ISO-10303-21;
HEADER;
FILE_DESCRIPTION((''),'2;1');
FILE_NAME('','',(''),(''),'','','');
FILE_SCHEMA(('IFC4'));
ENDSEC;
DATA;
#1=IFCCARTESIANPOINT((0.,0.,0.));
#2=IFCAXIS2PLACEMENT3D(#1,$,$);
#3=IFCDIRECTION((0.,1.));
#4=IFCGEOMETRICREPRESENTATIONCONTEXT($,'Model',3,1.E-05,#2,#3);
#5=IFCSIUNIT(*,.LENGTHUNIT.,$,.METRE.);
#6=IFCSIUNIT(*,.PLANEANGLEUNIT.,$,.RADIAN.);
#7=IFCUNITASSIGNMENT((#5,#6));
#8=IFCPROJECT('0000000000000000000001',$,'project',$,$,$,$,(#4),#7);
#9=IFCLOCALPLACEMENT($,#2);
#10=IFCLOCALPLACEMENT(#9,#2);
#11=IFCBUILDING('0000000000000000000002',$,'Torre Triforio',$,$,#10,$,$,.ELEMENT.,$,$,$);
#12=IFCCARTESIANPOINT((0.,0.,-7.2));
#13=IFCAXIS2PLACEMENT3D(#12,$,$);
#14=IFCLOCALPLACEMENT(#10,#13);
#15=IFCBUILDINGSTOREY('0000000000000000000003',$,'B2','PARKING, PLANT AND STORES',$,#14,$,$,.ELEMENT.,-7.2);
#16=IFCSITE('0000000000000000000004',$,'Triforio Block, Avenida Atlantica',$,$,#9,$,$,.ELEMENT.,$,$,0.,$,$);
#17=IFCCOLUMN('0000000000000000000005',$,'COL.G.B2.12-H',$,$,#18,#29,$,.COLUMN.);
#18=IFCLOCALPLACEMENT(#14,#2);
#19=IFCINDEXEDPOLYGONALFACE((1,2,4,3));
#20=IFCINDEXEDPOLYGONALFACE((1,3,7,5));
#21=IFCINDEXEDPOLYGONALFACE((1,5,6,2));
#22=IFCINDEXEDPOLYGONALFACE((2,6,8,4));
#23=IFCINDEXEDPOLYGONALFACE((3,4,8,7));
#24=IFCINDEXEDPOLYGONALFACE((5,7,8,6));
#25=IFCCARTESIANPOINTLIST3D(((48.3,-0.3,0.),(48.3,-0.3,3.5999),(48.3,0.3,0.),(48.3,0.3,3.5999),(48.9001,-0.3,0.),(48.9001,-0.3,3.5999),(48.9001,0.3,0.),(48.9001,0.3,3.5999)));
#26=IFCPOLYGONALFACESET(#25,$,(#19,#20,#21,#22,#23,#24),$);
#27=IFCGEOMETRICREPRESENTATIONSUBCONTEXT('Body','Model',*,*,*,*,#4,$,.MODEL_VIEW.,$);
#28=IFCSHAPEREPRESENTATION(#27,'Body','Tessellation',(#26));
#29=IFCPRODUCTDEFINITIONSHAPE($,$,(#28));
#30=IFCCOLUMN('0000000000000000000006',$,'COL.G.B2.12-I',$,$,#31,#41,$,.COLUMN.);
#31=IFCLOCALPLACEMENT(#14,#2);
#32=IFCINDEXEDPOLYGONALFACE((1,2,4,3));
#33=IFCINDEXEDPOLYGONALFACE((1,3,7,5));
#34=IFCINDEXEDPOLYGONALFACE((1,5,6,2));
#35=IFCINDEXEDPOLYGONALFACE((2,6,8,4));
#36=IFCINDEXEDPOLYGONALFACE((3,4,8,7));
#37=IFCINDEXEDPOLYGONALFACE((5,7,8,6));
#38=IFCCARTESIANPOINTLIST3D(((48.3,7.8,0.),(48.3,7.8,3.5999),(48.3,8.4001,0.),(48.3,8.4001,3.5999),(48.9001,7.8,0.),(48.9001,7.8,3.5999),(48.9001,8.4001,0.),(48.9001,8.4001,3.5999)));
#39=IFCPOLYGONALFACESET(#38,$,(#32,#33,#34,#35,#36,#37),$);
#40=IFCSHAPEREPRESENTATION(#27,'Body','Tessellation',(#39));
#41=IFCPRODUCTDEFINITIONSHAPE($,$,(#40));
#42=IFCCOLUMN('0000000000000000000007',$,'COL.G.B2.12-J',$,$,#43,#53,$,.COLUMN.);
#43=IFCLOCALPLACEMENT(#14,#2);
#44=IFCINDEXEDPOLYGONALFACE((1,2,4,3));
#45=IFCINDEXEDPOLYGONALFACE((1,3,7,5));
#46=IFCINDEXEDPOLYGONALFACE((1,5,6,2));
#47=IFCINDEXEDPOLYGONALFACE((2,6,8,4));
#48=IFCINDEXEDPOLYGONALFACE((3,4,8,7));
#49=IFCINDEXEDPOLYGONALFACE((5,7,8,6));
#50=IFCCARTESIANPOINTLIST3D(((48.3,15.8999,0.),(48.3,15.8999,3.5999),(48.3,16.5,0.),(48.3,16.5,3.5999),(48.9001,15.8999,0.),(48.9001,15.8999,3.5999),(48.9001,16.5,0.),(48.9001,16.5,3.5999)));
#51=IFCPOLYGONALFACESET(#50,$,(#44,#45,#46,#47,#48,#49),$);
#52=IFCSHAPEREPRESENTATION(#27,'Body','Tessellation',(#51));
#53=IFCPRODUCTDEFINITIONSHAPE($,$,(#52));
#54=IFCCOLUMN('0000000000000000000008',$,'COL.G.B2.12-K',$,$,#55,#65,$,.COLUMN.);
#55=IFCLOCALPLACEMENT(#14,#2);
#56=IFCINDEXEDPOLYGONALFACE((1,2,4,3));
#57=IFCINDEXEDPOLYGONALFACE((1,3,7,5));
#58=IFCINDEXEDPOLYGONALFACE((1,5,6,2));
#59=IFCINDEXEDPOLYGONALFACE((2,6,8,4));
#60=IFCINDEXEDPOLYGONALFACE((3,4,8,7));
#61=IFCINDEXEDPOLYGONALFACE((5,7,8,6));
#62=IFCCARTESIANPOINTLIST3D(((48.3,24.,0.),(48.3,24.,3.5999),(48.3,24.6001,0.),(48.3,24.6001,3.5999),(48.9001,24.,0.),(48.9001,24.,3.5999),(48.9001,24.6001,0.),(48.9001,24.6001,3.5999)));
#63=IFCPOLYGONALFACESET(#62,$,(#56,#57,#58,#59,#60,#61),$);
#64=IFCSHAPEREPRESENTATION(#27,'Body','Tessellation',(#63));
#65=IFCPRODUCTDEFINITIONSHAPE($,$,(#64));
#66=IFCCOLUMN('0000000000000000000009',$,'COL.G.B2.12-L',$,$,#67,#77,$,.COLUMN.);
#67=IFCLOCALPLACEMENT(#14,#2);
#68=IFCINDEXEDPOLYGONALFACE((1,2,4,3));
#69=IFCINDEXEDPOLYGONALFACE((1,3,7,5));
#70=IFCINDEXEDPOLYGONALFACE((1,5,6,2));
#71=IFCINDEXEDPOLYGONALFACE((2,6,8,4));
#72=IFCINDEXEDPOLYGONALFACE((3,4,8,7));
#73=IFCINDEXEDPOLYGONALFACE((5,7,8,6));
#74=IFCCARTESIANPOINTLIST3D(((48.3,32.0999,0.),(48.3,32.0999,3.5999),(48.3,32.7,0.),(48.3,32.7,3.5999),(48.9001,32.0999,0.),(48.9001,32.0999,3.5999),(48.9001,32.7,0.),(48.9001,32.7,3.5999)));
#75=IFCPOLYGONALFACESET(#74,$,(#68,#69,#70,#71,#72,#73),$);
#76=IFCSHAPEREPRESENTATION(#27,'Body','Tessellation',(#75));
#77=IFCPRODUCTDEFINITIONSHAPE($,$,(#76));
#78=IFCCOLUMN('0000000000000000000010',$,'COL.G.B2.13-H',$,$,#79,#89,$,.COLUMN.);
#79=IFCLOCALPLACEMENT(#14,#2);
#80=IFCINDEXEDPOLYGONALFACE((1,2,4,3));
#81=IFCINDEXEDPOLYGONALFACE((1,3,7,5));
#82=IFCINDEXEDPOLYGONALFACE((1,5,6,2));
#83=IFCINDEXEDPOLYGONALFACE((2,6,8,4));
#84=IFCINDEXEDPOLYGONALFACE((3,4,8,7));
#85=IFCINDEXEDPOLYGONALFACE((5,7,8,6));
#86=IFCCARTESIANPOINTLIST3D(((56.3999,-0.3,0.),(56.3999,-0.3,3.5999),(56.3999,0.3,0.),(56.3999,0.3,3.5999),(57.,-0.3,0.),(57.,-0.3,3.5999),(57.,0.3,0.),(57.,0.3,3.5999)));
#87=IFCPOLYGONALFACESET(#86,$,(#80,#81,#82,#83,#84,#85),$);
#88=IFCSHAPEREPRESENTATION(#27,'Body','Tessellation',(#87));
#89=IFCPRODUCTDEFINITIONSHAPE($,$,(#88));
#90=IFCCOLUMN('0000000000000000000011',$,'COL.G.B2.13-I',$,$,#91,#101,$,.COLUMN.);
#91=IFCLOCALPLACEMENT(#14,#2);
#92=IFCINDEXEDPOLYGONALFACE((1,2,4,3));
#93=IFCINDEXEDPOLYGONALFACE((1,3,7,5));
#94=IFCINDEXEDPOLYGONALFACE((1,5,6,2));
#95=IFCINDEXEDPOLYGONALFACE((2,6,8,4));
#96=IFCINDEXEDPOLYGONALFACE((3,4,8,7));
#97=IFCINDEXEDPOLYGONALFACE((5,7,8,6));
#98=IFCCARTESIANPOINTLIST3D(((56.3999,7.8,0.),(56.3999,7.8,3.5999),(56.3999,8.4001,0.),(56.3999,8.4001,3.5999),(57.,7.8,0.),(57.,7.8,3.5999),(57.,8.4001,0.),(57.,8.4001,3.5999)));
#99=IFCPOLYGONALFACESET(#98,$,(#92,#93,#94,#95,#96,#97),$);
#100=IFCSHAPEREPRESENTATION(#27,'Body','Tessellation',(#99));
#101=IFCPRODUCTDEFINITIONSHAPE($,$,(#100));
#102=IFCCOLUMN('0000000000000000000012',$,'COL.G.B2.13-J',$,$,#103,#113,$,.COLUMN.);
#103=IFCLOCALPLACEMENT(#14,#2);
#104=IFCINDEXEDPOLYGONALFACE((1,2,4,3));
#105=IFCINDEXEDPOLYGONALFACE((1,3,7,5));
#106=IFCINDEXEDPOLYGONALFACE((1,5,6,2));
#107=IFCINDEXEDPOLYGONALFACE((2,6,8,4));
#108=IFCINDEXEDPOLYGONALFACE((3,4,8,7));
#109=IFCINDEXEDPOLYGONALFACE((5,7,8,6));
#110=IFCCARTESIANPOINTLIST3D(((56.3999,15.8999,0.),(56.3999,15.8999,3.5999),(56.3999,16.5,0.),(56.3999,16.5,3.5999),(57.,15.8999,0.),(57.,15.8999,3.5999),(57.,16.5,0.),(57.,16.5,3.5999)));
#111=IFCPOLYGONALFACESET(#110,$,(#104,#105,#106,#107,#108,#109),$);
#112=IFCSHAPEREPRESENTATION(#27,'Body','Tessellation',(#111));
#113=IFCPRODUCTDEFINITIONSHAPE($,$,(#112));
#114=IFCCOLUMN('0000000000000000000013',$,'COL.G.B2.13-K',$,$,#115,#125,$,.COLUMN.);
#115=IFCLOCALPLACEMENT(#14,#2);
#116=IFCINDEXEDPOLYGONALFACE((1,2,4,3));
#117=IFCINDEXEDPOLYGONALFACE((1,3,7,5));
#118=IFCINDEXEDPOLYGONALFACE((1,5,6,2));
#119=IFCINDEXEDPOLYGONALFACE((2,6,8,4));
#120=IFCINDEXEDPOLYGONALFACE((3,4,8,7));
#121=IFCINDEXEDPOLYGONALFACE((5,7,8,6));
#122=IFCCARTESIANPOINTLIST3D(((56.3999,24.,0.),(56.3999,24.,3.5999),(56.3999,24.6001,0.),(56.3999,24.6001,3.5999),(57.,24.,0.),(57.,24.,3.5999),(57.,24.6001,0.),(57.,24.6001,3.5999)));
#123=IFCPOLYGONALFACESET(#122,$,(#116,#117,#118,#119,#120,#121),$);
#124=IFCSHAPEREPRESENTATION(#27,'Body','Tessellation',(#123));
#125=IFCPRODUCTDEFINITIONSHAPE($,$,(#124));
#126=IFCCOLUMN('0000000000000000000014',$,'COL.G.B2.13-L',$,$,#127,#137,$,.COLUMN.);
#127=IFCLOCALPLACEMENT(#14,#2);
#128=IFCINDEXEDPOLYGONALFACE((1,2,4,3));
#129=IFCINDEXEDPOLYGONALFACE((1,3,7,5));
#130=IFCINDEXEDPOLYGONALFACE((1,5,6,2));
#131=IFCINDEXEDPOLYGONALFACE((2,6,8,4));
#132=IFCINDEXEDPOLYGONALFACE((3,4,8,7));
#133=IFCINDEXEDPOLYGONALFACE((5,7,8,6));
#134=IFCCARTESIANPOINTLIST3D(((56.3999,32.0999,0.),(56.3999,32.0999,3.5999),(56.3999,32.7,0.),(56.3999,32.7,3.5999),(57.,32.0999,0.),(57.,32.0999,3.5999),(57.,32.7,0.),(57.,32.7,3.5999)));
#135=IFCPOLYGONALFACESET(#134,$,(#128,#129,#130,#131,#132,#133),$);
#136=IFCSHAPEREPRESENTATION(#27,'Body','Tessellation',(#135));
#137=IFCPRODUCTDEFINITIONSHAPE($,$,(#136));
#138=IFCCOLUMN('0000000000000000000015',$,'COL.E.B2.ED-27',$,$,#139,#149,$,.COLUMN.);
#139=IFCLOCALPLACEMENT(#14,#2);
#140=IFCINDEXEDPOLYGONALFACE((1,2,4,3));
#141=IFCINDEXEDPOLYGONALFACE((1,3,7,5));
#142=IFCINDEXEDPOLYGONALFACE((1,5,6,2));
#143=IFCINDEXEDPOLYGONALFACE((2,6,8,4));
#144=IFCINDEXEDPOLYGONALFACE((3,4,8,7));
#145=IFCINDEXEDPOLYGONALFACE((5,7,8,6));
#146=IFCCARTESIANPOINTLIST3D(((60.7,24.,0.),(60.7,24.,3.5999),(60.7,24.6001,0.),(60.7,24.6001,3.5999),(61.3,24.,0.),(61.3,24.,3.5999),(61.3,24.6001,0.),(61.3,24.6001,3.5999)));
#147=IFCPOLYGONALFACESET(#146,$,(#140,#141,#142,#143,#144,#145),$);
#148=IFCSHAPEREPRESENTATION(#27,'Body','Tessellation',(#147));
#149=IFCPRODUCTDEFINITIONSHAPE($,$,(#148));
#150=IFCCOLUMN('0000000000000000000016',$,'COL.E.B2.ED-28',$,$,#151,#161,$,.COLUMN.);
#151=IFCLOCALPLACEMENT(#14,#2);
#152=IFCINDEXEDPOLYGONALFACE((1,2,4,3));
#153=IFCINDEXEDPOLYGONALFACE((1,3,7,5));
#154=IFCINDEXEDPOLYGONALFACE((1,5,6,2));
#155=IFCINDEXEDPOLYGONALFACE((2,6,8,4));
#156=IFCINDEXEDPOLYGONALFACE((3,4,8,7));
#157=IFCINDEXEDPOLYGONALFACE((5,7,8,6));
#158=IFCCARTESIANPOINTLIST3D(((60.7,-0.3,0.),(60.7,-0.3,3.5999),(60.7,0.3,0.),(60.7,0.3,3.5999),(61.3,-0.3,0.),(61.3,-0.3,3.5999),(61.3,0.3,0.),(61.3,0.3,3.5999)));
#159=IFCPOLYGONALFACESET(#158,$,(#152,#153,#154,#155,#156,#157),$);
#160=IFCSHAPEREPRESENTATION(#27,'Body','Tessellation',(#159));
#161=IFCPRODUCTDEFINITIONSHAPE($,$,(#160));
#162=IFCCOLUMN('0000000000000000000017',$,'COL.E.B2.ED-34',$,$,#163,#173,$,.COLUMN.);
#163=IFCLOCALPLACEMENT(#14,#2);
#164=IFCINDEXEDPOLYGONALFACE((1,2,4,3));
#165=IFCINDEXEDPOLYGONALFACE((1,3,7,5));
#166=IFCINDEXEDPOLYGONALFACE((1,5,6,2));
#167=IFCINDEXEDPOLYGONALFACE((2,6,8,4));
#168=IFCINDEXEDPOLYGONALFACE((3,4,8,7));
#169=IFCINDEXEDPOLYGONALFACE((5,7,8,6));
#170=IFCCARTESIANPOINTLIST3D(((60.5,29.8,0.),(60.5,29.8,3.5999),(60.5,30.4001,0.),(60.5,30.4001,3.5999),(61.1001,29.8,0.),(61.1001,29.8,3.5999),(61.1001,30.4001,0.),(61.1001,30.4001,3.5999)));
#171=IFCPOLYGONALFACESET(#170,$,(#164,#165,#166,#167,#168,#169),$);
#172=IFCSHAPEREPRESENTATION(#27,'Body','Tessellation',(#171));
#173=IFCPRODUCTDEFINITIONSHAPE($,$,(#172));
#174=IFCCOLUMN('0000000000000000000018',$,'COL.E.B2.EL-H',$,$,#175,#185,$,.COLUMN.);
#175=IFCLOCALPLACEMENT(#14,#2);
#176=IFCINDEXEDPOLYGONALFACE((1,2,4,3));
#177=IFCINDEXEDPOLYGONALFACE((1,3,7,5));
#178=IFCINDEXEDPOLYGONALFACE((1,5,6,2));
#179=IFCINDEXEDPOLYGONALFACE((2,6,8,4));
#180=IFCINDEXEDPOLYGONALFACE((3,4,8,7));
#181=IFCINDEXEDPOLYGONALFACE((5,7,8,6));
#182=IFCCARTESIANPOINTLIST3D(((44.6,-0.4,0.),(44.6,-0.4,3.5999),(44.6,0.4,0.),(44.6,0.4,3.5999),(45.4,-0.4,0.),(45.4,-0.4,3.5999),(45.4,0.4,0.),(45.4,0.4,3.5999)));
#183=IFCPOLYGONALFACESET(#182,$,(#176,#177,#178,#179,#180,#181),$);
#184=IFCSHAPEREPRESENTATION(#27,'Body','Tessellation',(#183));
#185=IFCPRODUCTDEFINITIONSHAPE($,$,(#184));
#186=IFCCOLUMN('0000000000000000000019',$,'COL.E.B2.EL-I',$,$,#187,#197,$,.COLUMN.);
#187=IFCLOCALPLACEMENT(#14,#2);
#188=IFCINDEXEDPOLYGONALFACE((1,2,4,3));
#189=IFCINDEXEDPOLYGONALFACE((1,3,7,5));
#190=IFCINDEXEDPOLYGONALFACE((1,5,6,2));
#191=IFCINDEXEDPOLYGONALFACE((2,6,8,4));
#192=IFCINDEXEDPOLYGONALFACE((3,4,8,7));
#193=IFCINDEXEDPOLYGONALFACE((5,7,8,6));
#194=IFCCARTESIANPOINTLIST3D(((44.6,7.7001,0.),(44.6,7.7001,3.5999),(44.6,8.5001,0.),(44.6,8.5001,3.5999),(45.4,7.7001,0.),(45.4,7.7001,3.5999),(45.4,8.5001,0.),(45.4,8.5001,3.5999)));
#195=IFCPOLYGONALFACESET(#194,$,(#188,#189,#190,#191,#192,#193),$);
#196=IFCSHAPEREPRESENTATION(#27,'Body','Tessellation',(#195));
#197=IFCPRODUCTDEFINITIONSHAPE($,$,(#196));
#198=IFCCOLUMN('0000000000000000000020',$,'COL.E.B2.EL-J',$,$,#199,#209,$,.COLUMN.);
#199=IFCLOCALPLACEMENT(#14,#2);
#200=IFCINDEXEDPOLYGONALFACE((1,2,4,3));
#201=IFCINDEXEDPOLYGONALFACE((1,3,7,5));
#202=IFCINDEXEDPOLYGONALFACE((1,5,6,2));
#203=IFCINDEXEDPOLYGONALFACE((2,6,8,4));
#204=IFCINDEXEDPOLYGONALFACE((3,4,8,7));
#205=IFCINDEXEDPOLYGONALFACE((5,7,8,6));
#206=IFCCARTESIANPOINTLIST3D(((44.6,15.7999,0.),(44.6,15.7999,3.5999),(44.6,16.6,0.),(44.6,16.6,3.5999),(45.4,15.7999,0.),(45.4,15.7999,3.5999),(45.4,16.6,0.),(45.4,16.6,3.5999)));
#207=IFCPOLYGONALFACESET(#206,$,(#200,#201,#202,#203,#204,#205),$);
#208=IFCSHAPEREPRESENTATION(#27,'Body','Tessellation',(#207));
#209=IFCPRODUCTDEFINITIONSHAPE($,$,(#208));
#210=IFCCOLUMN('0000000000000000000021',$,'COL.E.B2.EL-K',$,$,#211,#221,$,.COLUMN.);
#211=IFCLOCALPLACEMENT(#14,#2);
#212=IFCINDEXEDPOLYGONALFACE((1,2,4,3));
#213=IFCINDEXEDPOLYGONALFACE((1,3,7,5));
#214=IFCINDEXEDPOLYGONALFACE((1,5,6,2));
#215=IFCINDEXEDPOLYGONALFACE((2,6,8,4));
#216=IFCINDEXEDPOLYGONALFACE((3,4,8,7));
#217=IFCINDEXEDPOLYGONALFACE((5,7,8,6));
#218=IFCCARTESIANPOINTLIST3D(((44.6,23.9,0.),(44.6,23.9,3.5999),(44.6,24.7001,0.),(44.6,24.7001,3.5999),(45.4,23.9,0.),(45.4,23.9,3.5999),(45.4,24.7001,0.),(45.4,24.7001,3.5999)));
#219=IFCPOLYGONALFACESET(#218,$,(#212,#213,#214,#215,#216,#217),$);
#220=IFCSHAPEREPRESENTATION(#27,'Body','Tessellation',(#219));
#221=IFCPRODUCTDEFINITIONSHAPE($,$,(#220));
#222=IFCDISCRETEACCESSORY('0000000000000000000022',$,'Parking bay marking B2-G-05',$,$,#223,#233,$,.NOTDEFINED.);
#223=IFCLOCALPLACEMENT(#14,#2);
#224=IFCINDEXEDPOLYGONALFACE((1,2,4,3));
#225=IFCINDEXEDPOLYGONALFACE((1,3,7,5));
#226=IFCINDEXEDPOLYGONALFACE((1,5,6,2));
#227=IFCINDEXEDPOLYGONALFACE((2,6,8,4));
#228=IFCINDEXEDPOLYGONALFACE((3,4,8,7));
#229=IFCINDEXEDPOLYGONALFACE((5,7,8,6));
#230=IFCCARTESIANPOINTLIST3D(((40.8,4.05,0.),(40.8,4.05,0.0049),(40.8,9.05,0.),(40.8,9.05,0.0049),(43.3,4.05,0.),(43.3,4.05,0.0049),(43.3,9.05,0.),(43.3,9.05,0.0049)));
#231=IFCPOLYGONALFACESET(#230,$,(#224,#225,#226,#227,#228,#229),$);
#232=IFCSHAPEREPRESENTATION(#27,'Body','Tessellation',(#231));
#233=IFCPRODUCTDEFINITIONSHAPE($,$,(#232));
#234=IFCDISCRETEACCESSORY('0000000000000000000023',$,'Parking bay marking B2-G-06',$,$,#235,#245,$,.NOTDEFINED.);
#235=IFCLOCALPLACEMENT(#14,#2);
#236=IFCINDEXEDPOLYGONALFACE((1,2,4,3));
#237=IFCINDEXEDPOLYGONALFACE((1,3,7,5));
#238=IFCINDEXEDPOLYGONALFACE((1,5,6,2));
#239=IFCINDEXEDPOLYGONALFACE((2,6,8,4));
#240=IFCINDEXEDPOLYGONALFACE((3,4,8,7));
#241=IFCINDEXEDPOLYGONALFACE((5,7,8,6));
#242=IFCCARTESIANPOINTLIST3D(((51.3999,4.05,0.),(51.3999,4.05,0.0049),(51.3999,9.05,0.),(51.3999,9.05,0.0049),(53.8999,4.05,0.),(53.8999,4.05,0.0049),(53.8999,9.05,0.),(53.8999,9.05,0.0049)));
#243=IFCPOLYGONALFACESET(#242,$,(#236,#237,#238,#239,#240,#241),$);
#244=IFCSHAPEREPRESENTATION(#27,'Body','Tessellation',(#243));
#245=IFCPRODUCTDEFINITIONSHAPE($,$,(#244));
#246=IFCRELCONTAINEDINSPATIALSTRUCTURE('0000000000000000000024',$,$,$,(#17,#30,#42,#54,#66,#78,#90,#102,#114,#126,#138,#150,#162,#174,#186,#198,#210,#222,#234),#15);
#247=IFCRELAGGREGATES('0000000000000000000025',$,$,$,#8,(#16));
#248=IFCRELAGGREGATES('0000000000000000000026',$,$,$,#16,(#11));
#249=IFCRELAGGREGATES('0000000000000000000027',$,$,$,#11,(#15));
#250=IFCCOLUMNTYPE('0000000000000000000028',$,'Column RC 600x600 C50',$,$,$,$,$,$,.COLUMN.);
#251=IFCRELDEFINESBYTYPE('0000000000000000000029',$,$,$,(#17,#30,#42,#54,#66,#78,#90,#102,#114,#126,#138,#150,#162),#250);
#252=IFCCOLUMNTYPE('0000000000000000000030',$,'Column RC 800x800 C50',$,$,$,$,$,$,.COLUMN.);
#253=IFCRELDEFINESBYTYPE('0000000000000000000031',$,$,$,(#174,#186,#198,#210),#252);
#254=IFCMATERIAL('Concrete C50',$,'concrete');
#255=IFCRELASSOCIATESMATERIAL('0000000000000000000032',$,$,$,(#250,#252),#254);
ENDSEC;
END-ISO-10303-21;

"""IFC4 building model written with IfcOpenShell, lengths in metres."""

from ifc_helpers import new_model, si_unit, direction, frame, origin, origin_2d, place, context, subcontext, project, spatial, rectangle, extrude, material, material_profile, profile_set, type_object, element, save


model = new_model("IFC4")

# Units and contexts
model_context = context("Model", 3, precision=1e-05, world=origin(), true_north=direction((0.0, 1.0)))
body_context = subcontext(model_context, "Body", "Model", "MODEL_VIEW")
ifc_project = project(units=[si_unit("LENGTHUNIT", "METRE"), si_unit("PLANEANGLEUNIT", "RADIAN")], contexts=[model_context])

# Site, building, storey
site_placement = place(None, origin())
site = spatial("IfcSite", under=ifc_project, at=site_placement, Name="Triforio Block, Avenida Atlantica", CompositionType="ELEMENT", RefElevation=0.0)
building_placement = place(site_placement, origin())
building = spatial("IfcBuilding", under=site, at=building_placement, Name="Torre Triforio", CompositionType="ELEMENT")
storey_placement = place(building_placement, frame((0.0, 0.0, -7.2)))
storey = spatial("IfcBuildingStorey", under=building, at=storey_placement, Name="B2", Description="PARKING, PLANT AND STORES", CompositionType="ELEMENT", Elevation=-7.2)

# Columns
ifc_material = material(Name="Concrete C50", Category="concrete")
ifc_material_profile_1 = material_profile(ifc_material, rectangle(XDim=0.6001, YDim=0.6001, at=origin_2d()), Name="RC 600x600")
ifc_profile_set_1 = profile_set([ifc_material_profile_1], Name="Concrete C50")
column_type_1 = type_object("IfcColumnType", Name="Column RC 600x600 C50", PredefinedType="COLUMN", material=ifc_profile_set_1)
for number, where, z_axis, x_axis, name in (
    (1, (48.6001, 0.0, 0.0), (0.0, 0.0, 1.0), (1.0, 0.0, 0.0), "COL.G.B2.12-H"),
    (2, (48.6001, 8.1001, 0.0), (0.0, 0.0, 1.0), (1.0, 0.0, 0.0), "COL.G.B2.12-I"),
    (3, (48.6001, 16.2, 0.0), (0.0, 0.0, 1.0), (1.0, 0.0, 0.0), "COL.G.B2.12-J"),
    (4, (48.6001, 24.3, 0.0), (0.0, 0.0, 1.0), (1.0, 0.0, 0.0), "COL.G.B2.12-K"),
    (5, (48.6001, 32.3999, 0.0), (0.0, 0.0, 1.0), (1.0, 0.0, 0.0), "COL.G.B2.12-L"),
    (6, (56.7, 0.0, 0.0), (0.0, 0.0, 1.0), (1.0, 0.0, 0.0), "COL.G.B2.13-H"),
    (7, (56.7, 8.1001, 0.0), (0.0, 0.0, 1.0), (1.0, 0.0, 0.0), "COL.G.B2.13-I"),
    (8, (56.7, 16.2, 0.0), (0.0, 0.0, 1.0), (1.0, 0.0, 0.0), "COL.G.B2.13-J"),
    (9, (56.7, 24.3, 0.0), (0.0, 0.0, 1.0), (1.0, 0.0, 0.0), "COL.G.B2.13-K"),
    (10, (56.7, 32.3999, 0.0), (0.0, 0.0, 1.0), (1.0, 0.0, 0.0), "COL.G.B2.13-L"),
    (11, (61.0, 24.3, 0.0), (0.0, 0.0, 1.0), (1.0, 0.0, 0.0), "COL.E.B2.ED-27"),
    (12, (61.0, 0.0, 0.0), (0.0, 0.0, 1.0), (1.0, 0.0, 0.0), "COL.E.B2.ED-28"),
    (13, (60.8, 30.1001, 0.0), (0.0, 0.0, 1.0), (1.0, 0.0, 0.0), "COL.E.B2.ED-34"),
):
    element("IfcColumn", number, at=place(storey_placement, frame(where, z_axis=z_axis, x_axis=x_axis)), inside=storey, type_object=column_type_1, Name=name, PredefinedType="COLUMN", context=body_context, shape_type="SweptSolid", body=[
        extrude(rectangle(XDim=0.6001, YDim=0.6001, at=origin_2d()), origin(), (0.0, 0.0, 1.0), 3.5999),
    ])
ifc_material_profile_2 = material_profile(ifc_material, rectangle(XDim=0.8, YDim=0.8, at=origin_2d()), Name="RC 800x800")
ifc_profile_set_2 = profile_set([ifc_material_profile_2], Name="Concrete C50")
column_type_2 = type_object("IfcColumnType", Name="Column RC 800x800 C50", PredefinedType="COLUMN", material=ifc_profile_set_2)
for number, where, z_axis, x_axis, name in (
    (14, (45.0, 0.0, 0.0), (0.0, 0.0, 1.0), (1.0, 0.0, 0.0), "COL.E.B2.EL-H"),
    (15, (45.0, 8.1001, 0.0), (0.0, 0.0, 1.0), (1.0, 0.0, 0.0), "COL.E.B2.EL-I"),
    (16, (45.0, 16.2, 0.0), (0.0, 0.0, 1.0), (1.0, 0.0, 0.0), "COL.E.B2.EL-J"),
    (17, (45.0, 24.3, 0.0), (0.0, 0.0, 1.0), (1.0, 0.0, 0.0), "COL.E.B2.EL-K"),
):
    element("IfcColumn", number, at=place(storey_placement, frame(where, z_axis=z_axis, x_axis=x_axis)), inside=storey, type_object=column_type_2, Name=name, PredefinedType="COLUMN", context=body_context, shape_type="SweptSolid", body=[
        extrude(rectangle(XDim=0.8, YDim=0.8, at=origin_2d()), origin(), (0.0, 0.0, 1.0), 3.5999),
    ])

# Discrete accessories
for number, where, z_axis, x_axis, name in (
    (18, (42.05, 6.55, 0.0), (0.0, 0.0, 1.0), (1.0, 0.0, 0.0), "Parking bay marking B2-G-05"),
    (19, (52.6499, 6.55, 0.0), (0.0, 0.0, 1.0), (1.0, 0.0, 0.0), "Parking bay marking B2-G-06"),
):
    element("IfcDiscreteAccessory", number, at=place(storey_placement, frame(where, z_axis=z_axis, x_axis=x_axis)), inside=storey, Name=name, PredefinedType="NOTDEFINED", context=body_context, shape_type="SweptSolid", body=[
        extrude(rectangle(XDim=2.5, YDim=5.0, at=origin_2d()), origin(), (0.0, 0.0, 1.0), 0.0049),
    ])

save(model, "model.ifc")
